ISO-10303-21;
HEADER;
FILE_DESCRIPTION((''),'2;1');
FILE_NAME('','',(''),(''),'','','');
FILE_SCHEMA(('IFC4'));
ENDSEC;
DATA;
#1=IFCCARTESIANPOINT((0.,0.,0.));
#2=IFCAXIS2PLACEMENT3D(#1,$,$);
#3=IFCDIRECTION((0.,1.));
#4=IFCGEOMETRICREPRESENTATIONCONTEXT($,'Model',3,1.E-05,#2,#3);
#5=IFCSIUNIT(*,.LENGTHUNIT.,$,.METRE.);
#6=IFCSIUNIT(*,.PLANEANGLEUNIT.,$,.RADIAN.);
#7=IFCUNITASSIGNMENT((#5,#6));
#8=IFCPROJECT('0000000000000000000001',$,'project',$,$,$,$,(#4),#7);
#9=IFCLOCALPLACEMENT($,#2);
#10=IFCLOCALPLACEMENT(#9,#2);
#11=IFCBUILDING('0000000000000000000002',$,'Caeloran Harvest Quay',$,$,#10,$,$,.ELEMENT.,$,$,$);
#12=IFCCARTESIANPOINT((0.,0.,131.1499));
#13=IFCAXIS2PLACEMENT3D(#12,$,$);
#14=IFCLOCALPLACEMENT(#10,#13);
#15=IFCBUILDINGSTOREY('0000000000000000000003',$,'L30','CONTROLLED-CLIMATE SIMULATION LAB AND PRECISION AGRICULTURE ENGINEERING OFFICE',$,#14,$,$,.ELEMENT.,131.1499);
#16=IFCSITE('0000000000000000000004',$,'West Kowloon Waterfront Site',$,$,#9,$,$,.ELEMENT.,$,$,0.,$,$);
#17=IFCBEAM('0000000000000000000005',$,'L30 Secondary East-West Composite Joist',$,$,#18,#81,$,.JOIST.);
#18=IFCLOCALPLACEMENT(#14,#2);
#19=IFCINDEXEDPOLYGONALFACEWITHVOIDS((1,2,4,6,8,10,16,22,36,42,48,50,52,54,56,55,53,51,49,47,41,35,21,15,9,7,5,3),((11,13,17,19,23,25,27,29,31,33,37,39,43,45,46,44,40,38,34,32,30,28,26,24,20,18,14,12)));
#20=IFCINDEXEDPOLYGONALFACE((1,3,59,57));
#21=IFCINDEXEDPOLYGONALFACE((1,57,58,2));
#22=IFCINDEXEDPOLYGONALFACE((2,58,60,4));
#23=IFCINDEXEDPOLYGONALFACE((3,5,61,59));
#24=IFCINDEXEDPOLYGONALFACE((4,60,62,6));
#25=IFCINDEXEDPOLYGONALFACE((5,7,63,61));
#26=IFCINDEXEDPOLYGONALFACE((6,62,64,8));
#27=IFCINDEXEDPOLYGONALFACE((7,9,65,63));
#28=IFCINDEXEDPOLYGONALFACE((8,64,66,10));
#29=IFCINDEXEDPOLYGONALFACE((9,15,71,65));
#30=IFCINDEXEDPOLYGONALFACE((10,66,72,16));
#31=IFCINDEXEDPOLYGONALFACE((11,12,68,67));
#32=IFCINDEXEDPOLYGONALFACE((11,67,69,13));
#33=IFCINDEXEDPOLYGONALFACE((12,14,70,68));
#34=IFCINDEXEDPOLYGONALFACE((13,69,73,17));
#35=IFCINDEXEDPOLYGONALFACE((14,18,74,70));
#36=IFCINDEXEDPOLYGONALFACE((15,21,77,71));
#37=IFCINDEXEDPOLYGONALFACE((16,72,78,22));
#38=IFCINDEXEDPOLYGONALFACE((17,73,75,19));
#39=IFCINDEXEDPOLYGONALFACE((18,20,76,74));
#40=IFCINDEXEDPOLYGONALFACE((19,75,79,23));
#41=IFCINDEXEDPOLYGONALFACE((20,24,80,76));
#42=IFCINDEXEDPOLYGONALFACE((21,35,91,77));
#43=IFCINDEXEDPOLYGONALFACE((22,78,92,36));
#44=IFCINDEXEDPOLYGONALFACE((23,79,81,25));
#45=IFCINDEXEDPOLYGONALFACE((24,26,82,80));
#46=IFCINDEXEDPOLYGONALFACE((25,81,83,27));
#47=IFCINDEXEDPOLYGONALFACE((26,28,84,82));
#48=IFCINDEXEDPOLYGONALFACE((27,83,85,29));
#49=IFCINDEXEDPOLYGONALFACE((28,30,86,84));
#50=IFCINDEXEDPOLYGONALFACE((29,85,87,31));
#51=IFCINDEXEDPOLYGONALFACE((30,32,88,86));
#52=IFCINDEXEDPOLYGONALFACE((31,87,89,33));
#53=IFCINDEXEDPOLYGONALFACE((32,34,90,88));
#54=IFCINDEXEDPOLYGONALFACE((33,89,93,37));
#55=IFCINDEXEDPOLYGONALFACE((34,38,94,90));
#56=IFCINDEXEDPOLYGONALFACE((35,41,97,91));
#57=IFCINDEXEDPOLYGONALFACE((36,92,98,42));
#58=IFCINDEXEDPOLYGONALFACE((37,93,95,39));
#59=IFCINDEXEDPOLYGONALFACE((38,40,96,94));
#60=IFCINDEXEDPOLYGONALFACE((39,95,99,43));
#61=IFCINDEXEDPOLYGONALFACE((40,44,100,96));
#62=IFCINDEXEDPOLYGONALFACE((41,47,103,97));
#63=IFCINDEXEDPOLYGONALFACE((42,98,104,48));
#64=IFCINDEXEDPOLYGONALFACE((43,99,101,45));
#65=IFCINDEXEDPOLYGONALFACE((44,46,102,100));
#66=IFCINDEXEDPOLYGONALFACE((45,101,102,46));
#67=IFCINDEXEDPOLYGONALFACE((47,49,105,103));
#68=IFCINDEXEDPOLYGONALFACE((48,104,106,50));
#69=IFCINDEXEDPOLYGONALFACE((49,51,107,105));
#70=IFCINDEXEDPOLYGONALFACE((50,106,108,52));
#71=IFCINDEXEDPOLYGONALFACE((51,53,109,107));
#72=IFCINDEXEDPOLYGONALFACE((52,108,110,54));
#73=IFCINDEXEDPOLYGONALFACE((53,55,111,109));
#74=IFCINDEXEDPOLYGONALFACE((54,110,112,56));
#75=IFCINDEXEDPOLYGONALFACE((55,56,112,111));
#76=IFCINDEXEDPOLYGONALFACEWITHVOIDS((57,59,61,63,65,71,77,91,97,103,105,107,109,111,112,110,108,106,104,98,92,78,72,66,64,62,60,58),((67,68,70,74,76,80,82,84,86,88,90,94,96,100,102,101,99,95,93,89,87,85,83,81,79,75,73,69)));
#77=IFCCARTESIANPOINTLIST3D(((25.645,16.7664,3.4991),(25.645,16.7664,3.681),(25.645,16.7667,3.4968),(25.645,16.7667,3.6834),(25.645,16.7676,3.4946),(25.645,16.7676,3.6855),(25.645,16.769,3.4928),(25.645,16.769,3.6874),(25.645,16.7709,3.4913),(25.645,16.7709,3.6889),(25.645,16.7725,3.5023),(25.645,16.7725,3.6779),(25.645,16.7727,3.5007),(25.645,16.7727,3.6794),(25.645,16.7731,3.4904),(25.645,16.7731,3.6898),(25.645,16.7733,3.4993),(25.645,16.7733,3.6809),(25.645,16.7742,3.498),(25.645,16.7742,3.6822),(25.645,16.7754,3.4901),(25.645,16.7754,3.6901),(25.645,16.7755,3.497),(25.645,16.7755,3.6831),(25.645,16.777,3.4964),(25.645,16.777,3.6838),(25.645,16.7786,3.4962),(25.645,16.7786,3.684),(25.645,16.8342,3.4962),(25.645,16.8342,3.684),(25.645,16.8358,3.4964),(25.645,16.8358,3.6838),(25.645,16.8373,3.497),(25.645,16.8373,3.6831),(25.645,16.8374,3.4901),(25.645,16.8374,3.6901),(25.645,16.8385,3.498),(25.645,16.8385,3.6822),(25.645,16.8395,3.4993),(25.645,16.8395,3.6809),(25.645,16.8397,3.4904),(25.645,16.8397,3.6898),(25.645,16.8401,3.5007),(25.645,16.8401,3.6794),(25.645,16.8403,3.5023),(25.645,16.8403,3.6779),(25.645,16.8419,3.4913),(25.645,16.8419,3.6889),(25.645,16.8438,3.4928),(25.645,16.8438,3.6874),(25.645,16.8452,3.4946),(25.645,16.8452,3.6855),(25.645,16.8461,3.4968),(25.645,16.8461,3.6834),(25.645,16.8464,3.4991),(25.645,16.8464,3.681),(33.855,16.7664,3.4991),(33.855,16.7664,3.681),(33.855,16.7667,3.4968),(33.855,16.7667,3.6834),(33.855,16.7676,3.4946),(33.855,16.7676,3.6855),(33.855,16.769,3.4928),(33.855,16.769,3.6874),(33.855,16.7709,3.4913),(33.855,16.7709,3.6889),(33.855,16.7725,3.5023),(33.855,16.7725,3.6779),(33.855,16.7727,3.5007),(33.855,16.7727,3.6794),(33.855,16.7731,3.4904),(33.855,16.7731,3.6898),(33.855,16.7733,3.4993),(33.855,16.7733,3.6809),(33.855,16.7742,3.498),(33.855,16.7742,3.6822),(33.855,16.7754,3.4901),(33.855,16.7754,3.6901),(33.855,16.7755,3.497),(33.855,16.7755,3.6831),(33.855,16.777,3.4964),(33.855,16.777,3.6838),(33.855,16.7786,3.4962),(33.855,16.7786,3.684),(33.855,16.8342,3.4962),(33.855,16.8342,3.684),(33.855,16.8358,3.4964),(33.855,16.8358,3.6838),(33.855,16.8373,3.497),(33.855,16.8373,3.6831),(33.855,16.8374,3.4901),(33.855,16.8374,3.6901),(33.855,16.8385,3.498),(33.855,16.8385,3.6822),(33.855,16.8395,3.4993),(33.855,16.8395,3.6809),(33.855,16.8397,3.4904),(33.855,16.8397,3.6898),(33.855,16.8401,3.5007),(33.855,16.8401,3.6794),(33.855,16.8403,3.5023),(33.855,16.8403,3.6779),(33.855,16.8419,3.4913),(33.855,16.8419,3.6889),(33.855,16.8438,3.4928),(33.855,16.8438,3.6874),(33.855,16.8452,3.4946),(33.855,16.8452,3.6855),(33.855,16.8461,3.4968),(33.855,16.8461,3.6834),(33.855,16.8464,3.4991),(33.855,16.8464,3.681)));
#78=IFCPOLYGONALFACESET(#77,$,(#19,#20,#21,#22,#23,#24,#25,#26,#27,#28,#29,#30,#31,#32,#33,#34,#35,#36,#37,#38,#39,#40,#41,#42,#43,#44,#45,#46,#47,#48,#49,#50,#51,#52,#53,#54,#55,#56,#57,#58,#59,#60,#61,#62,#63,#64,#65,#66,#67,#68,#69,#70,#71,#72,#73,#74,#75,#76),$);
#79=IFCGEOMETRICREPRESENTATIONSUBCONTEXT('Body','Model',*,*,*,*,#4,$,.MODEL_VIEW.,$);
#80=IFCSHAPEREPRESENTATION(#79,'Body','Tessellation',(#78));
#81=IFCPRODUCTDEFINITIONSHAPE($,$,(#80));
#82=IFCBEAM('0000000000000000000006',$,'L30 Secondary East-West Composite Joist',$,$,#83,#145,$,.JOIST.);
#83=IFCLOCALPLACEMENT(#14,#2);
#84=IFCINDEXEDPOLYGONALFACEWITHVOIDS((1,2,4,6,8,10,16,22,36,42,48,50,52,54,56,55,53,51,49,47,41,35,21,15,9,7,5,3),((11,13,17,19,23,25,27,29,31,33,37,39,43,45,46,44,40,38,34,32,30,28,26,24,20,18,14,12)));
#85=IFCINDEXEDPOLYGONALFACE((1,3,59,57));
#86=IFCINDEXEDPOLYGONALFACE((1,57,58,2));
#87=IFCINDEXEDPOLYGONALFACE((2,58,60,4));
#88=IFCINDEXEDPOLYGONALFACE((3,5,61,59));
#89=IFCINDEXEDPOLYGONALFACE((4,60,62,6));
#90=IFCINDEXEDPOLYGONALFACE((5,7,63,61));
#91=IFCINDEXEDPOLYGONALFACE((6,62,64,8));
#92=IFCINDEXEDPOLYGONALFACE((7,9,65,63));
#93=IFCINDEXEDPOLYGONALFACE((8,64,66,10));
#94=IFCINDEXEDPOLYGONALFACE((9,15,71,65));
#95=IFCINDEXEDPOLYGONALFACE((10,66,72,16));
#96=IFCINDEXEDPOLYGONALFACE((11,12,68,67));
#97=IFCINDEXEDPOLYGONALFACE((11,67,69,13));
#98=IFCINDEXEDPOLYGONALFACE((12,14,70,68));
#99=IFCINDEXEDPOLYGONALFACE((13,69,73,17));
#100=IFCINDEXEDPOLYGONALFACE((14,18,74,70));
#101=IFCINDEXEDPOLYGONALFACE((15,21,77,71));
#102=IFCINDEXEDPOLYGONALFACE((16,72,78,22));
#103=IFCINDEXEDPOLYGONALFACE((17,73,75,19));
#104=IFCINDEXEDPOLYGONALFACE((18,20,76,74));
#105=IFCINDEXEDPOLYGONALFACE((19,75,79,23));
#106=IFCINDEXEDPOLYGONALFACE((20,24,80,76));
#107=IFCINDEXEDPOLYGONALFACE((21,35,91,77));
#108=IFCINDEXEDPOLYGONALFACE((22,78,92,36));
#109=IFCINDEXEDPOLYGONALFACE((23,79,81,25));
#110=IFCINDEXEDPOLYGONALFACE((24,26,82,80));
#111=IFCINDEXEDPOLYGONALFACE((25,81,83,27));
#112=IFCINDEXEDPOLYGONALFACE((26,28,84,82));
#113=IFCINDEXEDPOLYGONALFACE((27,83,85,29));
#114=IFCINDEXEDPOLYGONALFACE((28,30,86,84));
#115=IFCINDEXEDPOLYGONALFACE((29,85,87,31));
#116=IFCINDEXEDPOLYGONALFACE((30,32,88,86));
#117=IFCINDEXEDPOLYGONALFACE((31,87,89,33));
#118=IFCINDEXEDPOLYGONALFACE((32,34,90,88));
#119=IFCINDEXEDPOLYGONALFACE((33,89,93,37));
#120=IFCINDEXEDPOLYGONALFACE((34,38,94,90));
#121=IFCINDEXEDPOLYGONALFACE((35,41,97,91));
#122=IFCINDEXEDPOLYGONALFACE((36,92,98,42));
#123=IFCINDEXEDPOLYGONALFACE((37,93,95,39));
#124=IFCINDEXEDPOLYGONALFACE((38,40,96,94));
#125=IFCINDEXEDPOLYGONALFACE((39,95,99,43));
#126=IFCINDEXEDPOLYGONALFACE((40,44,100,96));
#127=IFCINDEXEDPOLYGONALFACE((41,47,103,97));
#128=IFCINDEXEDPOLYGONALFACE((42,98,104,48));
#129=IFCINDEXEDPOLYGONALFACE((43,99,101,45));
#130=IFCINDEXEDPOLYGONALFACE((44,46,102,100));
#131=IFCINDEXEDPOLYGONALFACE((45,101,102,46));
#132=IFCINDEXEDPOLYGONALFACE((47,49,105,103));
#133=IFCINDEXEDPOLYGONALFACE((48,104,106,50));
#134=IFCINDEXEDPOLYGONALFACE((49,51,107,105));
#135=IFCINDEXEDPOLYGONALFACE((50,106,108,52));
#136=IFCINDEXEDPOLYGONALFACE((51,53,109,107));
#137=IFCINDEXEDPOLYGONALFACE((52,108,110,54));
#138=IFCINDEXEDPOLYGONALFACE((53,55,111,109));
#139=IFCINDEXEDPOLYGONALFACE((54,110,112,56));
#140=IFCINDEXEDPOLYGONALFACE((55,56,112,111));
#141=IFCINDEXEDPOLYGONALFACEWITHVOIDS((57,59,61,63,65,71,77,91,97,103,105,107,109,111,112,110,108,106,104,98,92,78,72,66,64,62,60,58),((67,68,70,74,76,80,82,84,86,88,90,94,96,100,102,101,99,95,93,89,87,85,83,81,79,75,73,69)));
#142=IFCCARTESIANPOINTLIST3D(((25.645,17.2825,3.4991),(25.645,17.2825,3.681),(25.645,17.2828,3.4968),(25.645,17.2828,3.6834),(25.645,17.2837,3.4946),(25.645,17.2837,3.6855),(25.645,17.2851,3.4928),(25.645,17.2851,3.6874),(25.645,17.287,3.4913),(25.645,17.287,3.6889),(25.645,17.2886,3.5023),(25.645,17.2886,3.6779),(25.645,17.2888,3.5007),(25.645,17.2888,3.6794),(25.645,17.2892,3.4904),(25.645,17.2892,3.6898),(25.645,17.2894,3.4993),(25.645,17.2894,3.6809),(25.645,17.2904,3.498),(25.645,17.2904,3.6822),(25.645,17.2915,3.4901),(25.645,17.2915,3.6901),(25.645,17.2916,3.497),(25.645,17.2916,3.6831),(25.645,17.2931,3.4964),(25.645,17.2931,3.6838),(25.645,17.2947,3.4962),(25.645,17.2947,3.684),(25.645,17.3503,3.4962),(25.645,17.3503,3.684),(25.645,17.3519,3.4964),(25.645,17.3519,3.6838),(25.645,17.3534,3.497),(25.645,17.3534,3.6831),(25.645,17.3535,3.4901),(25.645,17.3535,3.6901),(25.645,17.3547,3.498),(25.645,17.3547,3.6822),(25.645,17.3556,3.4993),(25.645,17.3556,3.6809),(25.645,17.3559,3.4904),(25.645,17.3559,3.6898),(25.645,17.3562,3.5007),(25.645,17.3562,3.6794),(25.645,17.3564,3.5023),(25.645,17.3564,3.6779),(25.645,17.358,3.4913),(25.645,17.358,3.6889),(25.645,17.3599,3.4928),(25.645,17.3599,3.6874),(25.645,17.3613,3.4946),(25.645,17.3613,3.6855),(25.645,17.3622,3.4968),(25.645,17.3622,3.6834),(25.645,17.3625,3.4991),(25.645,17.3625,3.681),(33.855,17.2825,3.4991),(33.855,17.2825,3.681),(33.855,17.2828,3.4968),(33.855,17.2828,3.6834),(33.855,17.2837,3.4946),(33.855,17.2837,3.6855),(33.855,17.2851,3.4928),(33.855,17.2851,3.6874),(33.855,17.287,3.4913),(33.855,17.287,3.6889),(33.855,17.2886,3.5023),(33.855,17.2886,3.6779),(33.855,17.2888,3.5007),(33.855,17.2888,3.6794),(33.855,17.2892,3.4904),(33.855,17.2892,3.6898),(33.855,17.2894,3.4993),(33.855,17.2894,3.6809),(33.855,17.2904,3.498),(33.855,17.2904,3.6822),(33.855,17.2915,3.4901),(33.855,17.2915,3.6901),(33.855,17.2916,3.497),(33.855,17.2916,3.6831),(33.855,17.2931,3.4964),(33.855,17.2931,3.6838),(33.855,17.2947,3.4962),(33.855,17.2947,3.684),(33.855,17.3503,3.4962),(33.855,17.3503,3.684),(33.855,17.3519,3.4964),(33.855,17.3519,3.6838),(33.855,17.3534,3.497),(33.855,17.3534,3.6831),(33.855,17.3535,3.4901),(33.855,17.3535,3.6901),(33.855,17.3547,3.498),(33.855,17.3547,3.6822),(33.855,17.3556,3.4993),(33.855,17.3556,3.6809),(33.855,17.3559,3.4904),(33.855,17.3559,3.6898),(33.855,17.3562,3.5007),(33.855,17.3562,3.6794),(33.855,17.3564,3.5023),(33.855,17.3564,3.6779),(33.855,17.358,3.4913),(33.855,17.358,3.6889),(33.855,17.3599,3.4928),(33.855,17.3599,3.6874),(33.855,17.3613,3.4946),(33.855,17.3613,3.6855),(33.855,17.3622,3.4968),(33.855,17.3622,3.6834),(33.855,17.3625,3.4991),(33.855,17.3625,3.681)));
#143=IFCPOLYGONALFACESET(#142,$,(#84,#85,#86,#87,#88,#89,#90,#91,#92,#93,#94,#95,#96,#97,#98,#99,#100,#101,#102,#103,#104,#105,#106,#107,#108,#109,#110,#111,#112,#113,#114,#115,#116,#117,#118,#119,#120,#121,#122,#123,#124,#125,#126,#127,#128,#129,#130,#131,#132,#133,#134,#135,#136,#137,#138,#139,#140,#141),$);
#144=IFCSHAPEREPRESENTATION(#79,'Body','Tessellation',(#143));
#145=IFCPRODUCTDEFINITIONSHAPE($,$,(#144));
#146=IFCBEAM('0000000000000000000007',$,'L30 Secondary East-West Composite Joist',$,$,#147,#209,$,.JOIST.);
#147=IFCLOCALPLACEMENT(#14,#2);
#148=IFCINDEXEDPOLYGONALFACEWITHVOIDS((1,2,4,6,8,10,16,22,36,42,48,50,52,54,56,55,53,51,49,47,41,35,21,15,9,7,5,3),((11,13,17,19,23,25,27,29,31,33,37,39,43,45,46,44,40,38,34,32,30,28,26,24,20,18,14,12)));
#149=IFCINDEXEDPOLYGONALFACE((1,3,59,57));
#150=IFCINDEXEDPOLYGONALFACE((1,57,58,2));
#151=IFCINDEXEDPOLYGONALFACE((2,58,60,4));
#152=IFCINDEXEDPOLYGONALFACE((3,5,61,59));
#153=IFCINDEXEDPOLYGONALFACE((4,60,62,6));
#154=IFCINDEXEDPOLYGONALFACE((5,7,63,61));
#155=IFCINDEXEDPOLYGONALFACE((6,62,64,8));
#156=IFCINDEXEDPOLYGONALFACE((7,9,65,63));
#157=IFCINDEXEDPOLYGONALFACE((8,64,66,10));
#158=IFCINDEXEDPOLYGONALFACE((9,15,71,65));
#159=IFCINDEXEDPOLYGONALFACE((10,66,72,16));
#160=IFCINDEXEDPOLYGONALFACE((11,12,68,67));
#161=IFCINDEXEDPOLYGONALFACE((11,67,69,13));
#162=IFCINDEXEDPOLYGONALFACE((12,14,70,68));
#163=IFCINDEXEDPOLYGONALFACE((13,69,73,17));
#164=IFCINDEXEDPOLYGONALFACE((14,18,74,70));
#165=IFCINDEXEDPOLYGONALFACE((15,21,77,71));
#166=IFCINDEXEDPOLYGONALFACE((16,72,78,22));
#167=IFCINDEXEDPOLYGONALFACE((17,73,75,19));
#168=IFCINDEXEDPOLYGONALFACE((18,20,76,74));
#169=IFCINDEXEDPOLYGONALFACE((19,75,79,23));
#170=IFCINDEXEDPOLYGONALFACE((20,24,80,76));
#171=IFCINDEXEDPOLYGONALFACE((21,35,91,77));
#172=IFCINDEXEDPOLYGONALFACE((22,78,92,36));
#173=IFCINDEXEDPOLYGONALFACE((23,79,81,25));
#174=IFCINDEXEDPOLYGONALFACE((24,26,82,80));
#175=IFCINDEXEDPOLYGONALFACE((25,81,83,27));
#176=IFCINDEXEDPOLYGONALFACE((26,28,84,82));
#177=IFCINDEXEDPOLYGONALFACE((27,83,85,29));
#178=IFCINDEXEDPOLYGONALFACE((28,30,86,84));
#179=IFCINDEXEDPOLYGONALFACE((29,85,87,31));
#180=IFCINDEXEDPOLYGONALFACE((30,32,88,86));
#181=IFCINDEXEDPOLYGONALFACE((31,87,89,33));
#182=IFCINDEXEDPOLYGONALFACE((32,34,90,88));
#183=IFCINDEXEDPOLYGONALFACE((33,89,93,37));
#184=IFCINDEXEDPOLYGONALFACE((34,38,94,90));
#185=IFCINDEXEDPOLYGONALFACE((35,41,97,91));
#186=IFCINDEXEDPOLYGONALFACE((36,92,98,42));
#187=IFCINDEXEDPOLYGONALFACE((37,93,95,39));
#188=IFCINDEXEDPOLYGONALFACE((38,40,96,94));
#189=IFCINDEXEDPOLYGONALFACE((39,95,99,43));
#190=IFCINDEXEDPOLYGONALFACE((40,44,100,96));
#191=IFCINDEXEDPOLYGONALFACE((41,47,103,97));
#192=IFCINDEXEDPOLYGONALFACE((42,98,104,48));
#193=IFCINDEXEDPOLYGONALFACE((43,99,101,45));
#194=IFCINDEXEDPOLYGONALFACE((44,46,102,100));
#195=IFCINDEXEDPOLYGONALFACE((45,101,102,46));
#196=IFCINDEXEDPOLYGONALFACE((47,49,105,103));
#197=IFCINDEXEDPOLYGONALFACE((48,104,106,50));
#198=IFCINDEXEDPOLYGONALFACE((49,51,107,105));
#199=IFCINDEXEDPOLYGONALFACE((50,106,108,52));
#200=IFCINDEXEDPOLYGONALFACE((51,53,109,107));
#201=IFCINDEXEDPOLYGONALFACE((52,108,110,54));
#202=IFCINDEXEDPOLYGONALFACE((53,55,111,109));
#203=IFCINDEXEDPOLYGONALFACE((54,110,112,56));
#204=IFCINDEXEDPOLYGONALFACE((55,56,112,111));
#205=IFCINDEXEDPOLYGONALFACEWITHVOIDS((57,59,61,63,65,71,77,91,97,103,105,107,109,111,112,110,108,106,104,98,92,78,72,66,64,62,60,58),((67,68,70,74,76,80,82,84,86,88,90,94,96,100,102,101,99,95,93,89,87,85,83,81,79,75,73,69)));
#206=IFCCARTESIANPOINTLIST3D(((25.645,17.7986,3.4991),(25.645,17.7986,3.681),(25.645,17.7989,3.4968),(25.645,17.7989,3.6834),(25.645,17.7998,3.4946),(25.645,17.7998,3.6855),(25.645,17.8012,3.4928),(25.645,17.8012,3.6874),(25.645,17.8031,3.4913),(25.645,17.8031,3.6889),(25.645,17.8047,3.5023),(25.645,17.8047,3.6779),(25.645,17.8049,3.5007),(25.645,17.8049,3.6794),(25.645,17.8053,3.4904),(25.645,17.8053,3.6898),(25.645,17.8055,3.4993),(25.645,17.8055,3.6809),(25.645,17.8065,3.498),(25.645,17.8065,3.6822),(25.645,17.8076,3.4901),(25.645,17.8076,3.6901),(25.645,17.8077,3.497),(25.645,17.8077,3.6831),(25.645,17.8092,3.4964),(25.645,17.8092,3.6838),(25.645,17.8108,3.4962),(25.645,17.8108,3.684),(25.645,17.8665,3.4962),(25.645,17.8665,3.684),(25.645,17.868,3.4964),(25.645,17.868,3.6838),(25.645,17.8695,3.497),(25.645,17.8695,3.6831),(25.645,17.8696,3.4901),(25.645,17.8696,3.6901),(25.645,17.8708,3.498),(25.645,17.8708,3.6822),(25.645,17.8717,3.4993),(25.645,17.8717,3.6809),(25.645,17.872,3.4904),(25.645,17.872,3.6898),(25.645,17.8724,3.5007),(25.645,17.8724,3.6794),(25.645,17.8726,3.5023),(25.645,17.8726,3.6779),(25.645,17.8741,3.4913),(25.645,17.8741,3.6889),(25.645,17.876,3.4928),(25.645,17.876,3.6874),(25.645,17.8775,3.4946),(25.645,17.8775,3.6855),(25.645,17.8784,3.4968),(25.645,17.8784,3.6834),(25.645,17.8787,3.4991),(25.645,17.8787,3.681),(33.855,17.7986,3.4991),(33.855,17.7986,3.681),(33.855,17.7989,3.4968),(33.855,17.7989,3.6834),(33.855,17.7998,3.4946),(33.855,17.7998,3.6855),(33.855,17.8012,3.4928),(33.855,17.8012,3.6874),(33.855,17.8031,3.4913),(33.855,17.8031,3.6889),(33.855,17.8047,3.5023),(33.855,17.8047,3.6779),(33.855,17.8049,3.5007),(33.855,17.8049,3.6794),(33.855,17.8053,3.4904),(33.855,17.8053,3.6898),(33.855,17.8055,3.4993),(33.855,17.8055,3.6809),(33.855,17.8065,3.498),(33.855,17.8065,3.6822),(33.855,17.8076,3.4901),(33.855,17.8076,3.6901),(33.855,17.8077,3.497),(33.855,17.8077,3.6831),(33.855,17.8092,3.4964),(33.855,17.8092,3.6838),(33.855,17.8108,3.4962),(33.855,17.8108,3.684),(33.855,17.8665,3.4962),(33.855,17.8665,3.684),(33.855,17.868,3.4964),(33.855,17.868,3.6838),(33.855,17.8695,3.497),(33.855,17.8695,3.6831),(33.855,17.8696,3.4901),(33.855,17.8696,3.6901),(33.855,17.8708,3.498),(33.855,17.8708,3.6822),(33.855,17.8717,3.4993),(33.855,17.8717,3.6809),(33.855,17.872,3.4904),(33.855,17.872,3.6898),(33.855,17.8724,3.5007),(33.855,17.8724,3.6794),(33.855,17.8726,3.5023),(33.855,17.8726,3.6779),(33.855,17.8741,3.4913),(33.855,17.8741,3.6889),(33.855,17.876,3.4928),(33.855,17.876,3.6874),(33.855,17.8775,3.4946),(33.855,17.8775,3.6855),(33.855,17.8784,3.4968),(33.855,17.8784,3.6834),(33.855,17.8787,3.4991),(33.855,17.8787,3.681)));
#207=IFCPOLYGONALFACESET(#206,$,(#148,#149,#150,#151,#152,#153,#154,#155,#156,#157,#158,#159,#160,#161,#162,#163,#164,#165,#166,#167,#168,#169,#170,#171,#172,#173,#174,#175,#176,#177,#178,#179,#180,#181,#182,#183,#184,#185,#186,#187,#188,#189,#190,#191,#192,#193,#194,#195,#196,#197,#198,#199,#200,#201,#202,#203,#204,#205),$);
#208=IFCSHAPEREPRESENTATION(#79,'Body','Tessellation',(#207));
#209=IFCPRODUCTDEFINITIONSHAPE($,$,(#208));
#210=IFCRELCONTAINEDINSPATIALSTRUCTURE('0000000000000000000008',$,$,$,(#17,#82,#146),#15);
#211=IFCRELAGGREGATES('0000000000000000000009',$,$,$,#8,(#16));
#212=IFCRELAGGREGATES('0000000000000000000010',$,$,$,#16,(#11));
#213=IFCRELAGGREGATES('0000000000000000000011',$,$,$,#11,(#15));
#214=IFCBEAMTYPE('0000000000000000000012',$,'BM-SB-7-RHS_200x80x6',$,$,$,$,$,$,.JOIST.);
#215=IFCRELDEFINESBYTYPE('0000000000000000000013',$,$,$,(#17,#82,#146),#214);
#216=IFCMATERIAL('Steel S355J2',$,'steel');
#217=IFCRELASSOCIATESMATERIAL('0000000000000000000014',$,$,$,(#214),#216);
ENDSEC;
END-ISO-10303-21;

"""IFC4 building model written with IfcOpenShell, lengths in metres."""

from ifc_helpers import new_model, si_unit, direction, frame, origin, origin_2d, place, context, subcontext, project, spatial, hollow_rectangle, extrude, material, material_profile, profile_set, type_object, element, save


model = new_model("IFC4")

# Units and contexts
model_context = context("Model", 3, precision=1e-05, world=origin(), true_north=direction((0.0, 1.0)))
body_context = subcontext(model_context, "Body", "Model", "MODEL_VIEW")
ifc_project = project(units=[si_unit("LENGTHUNIT", "METRE"), si_unit("PLANEANGLEUNIT", "RADIAN")], contexts=[model_context])

# Site, building, storey
site_placement = place(None, origin())
site = spatial("IfcSite", under=ifc_project, at=site_placement, Name="West Kowloon Waterfront Site", CompositionType="ELEMENT", RefElevation=0.0)
building_placement = place(site_placement, origin())
building = spatial("IfcBuilding", under=site, at=building_placement, Name="Caeloran Harvest Quay", CompositionType="ELEMENT")
storey_placement = place(building_placement, frame((0.0, 0.0, 131.1499)))
storey = spatial("IfcBuildingStorey", under=building, at=storey_placement, Name="L30", Description="CONTROLLED-CLIMATE SIMULATION LAB AND PRECISION AGRICULTURE ENGINEERING OFFICE", CompositionType="ELEMENT", Elevation=131.1499)

# Beams
ifc_material_1 = material(Name="Steel S355J2", Category="steel")
ifc_material_profile_1 = material_profile(ifc_material_1, hollow_rectangle(XDim=0.0801, YDim=0.2, WallThickness=0.0061, InnerFilletRadius=0.0061, OuterFilletRadius=0.009, at=origin_2d()), Name="RHS 200x80x6")
ifc_profile_set_1 = profile_set([ifc_material_profile_1], Name="Steel S355J2")
beam_type_1 = type_object("IfcBeamType", Name="BM-SB-7-RHS_200x80x6", PredefinedType="JOIST", material=ifc_profile_set_1)
for number, where, z_axis, x_axis, name in (
    (1, (25.645, 16.8064, 3.5901), (1.0, 0.0, 0.0), (0.0, 1.0, 0.0), "L30 Secondary East-West Composite Joist"),
    (2, (25.645, 17.3225, 3.5901), (1.0, 0.0, 0.0), (0.0, 1.0, 0.0), "L30 Secondary East-West Composite Joist"),
    (3, (25.645, 17.8386, 3.5901), (1.0, 0.0, 0.0), (0.0, 1.0, 0.0), "L30 Secondary East-West Composite Joist"),
):
    element("IfcBeam", number, at=place(storey_placement, frame(where, z_axis=z_axis, x_axis=x_axis)), inside=storey, type_object=beam_type_1, Name=name, PredefinedType="JOIST", context=body_context, shape_type="SweptSolid", body=[
        extrude(hollow_rectangle(XDim=0.0801, YDim=0.2, WallThickness=0.0061, InnerFilletRadius=0.0061, OuterFilletRadius=0.009, at=origin_2d()), origin(), (0.0, 0.0, 1.0), 8.21),
    ])

save(model, "model.ifc")
